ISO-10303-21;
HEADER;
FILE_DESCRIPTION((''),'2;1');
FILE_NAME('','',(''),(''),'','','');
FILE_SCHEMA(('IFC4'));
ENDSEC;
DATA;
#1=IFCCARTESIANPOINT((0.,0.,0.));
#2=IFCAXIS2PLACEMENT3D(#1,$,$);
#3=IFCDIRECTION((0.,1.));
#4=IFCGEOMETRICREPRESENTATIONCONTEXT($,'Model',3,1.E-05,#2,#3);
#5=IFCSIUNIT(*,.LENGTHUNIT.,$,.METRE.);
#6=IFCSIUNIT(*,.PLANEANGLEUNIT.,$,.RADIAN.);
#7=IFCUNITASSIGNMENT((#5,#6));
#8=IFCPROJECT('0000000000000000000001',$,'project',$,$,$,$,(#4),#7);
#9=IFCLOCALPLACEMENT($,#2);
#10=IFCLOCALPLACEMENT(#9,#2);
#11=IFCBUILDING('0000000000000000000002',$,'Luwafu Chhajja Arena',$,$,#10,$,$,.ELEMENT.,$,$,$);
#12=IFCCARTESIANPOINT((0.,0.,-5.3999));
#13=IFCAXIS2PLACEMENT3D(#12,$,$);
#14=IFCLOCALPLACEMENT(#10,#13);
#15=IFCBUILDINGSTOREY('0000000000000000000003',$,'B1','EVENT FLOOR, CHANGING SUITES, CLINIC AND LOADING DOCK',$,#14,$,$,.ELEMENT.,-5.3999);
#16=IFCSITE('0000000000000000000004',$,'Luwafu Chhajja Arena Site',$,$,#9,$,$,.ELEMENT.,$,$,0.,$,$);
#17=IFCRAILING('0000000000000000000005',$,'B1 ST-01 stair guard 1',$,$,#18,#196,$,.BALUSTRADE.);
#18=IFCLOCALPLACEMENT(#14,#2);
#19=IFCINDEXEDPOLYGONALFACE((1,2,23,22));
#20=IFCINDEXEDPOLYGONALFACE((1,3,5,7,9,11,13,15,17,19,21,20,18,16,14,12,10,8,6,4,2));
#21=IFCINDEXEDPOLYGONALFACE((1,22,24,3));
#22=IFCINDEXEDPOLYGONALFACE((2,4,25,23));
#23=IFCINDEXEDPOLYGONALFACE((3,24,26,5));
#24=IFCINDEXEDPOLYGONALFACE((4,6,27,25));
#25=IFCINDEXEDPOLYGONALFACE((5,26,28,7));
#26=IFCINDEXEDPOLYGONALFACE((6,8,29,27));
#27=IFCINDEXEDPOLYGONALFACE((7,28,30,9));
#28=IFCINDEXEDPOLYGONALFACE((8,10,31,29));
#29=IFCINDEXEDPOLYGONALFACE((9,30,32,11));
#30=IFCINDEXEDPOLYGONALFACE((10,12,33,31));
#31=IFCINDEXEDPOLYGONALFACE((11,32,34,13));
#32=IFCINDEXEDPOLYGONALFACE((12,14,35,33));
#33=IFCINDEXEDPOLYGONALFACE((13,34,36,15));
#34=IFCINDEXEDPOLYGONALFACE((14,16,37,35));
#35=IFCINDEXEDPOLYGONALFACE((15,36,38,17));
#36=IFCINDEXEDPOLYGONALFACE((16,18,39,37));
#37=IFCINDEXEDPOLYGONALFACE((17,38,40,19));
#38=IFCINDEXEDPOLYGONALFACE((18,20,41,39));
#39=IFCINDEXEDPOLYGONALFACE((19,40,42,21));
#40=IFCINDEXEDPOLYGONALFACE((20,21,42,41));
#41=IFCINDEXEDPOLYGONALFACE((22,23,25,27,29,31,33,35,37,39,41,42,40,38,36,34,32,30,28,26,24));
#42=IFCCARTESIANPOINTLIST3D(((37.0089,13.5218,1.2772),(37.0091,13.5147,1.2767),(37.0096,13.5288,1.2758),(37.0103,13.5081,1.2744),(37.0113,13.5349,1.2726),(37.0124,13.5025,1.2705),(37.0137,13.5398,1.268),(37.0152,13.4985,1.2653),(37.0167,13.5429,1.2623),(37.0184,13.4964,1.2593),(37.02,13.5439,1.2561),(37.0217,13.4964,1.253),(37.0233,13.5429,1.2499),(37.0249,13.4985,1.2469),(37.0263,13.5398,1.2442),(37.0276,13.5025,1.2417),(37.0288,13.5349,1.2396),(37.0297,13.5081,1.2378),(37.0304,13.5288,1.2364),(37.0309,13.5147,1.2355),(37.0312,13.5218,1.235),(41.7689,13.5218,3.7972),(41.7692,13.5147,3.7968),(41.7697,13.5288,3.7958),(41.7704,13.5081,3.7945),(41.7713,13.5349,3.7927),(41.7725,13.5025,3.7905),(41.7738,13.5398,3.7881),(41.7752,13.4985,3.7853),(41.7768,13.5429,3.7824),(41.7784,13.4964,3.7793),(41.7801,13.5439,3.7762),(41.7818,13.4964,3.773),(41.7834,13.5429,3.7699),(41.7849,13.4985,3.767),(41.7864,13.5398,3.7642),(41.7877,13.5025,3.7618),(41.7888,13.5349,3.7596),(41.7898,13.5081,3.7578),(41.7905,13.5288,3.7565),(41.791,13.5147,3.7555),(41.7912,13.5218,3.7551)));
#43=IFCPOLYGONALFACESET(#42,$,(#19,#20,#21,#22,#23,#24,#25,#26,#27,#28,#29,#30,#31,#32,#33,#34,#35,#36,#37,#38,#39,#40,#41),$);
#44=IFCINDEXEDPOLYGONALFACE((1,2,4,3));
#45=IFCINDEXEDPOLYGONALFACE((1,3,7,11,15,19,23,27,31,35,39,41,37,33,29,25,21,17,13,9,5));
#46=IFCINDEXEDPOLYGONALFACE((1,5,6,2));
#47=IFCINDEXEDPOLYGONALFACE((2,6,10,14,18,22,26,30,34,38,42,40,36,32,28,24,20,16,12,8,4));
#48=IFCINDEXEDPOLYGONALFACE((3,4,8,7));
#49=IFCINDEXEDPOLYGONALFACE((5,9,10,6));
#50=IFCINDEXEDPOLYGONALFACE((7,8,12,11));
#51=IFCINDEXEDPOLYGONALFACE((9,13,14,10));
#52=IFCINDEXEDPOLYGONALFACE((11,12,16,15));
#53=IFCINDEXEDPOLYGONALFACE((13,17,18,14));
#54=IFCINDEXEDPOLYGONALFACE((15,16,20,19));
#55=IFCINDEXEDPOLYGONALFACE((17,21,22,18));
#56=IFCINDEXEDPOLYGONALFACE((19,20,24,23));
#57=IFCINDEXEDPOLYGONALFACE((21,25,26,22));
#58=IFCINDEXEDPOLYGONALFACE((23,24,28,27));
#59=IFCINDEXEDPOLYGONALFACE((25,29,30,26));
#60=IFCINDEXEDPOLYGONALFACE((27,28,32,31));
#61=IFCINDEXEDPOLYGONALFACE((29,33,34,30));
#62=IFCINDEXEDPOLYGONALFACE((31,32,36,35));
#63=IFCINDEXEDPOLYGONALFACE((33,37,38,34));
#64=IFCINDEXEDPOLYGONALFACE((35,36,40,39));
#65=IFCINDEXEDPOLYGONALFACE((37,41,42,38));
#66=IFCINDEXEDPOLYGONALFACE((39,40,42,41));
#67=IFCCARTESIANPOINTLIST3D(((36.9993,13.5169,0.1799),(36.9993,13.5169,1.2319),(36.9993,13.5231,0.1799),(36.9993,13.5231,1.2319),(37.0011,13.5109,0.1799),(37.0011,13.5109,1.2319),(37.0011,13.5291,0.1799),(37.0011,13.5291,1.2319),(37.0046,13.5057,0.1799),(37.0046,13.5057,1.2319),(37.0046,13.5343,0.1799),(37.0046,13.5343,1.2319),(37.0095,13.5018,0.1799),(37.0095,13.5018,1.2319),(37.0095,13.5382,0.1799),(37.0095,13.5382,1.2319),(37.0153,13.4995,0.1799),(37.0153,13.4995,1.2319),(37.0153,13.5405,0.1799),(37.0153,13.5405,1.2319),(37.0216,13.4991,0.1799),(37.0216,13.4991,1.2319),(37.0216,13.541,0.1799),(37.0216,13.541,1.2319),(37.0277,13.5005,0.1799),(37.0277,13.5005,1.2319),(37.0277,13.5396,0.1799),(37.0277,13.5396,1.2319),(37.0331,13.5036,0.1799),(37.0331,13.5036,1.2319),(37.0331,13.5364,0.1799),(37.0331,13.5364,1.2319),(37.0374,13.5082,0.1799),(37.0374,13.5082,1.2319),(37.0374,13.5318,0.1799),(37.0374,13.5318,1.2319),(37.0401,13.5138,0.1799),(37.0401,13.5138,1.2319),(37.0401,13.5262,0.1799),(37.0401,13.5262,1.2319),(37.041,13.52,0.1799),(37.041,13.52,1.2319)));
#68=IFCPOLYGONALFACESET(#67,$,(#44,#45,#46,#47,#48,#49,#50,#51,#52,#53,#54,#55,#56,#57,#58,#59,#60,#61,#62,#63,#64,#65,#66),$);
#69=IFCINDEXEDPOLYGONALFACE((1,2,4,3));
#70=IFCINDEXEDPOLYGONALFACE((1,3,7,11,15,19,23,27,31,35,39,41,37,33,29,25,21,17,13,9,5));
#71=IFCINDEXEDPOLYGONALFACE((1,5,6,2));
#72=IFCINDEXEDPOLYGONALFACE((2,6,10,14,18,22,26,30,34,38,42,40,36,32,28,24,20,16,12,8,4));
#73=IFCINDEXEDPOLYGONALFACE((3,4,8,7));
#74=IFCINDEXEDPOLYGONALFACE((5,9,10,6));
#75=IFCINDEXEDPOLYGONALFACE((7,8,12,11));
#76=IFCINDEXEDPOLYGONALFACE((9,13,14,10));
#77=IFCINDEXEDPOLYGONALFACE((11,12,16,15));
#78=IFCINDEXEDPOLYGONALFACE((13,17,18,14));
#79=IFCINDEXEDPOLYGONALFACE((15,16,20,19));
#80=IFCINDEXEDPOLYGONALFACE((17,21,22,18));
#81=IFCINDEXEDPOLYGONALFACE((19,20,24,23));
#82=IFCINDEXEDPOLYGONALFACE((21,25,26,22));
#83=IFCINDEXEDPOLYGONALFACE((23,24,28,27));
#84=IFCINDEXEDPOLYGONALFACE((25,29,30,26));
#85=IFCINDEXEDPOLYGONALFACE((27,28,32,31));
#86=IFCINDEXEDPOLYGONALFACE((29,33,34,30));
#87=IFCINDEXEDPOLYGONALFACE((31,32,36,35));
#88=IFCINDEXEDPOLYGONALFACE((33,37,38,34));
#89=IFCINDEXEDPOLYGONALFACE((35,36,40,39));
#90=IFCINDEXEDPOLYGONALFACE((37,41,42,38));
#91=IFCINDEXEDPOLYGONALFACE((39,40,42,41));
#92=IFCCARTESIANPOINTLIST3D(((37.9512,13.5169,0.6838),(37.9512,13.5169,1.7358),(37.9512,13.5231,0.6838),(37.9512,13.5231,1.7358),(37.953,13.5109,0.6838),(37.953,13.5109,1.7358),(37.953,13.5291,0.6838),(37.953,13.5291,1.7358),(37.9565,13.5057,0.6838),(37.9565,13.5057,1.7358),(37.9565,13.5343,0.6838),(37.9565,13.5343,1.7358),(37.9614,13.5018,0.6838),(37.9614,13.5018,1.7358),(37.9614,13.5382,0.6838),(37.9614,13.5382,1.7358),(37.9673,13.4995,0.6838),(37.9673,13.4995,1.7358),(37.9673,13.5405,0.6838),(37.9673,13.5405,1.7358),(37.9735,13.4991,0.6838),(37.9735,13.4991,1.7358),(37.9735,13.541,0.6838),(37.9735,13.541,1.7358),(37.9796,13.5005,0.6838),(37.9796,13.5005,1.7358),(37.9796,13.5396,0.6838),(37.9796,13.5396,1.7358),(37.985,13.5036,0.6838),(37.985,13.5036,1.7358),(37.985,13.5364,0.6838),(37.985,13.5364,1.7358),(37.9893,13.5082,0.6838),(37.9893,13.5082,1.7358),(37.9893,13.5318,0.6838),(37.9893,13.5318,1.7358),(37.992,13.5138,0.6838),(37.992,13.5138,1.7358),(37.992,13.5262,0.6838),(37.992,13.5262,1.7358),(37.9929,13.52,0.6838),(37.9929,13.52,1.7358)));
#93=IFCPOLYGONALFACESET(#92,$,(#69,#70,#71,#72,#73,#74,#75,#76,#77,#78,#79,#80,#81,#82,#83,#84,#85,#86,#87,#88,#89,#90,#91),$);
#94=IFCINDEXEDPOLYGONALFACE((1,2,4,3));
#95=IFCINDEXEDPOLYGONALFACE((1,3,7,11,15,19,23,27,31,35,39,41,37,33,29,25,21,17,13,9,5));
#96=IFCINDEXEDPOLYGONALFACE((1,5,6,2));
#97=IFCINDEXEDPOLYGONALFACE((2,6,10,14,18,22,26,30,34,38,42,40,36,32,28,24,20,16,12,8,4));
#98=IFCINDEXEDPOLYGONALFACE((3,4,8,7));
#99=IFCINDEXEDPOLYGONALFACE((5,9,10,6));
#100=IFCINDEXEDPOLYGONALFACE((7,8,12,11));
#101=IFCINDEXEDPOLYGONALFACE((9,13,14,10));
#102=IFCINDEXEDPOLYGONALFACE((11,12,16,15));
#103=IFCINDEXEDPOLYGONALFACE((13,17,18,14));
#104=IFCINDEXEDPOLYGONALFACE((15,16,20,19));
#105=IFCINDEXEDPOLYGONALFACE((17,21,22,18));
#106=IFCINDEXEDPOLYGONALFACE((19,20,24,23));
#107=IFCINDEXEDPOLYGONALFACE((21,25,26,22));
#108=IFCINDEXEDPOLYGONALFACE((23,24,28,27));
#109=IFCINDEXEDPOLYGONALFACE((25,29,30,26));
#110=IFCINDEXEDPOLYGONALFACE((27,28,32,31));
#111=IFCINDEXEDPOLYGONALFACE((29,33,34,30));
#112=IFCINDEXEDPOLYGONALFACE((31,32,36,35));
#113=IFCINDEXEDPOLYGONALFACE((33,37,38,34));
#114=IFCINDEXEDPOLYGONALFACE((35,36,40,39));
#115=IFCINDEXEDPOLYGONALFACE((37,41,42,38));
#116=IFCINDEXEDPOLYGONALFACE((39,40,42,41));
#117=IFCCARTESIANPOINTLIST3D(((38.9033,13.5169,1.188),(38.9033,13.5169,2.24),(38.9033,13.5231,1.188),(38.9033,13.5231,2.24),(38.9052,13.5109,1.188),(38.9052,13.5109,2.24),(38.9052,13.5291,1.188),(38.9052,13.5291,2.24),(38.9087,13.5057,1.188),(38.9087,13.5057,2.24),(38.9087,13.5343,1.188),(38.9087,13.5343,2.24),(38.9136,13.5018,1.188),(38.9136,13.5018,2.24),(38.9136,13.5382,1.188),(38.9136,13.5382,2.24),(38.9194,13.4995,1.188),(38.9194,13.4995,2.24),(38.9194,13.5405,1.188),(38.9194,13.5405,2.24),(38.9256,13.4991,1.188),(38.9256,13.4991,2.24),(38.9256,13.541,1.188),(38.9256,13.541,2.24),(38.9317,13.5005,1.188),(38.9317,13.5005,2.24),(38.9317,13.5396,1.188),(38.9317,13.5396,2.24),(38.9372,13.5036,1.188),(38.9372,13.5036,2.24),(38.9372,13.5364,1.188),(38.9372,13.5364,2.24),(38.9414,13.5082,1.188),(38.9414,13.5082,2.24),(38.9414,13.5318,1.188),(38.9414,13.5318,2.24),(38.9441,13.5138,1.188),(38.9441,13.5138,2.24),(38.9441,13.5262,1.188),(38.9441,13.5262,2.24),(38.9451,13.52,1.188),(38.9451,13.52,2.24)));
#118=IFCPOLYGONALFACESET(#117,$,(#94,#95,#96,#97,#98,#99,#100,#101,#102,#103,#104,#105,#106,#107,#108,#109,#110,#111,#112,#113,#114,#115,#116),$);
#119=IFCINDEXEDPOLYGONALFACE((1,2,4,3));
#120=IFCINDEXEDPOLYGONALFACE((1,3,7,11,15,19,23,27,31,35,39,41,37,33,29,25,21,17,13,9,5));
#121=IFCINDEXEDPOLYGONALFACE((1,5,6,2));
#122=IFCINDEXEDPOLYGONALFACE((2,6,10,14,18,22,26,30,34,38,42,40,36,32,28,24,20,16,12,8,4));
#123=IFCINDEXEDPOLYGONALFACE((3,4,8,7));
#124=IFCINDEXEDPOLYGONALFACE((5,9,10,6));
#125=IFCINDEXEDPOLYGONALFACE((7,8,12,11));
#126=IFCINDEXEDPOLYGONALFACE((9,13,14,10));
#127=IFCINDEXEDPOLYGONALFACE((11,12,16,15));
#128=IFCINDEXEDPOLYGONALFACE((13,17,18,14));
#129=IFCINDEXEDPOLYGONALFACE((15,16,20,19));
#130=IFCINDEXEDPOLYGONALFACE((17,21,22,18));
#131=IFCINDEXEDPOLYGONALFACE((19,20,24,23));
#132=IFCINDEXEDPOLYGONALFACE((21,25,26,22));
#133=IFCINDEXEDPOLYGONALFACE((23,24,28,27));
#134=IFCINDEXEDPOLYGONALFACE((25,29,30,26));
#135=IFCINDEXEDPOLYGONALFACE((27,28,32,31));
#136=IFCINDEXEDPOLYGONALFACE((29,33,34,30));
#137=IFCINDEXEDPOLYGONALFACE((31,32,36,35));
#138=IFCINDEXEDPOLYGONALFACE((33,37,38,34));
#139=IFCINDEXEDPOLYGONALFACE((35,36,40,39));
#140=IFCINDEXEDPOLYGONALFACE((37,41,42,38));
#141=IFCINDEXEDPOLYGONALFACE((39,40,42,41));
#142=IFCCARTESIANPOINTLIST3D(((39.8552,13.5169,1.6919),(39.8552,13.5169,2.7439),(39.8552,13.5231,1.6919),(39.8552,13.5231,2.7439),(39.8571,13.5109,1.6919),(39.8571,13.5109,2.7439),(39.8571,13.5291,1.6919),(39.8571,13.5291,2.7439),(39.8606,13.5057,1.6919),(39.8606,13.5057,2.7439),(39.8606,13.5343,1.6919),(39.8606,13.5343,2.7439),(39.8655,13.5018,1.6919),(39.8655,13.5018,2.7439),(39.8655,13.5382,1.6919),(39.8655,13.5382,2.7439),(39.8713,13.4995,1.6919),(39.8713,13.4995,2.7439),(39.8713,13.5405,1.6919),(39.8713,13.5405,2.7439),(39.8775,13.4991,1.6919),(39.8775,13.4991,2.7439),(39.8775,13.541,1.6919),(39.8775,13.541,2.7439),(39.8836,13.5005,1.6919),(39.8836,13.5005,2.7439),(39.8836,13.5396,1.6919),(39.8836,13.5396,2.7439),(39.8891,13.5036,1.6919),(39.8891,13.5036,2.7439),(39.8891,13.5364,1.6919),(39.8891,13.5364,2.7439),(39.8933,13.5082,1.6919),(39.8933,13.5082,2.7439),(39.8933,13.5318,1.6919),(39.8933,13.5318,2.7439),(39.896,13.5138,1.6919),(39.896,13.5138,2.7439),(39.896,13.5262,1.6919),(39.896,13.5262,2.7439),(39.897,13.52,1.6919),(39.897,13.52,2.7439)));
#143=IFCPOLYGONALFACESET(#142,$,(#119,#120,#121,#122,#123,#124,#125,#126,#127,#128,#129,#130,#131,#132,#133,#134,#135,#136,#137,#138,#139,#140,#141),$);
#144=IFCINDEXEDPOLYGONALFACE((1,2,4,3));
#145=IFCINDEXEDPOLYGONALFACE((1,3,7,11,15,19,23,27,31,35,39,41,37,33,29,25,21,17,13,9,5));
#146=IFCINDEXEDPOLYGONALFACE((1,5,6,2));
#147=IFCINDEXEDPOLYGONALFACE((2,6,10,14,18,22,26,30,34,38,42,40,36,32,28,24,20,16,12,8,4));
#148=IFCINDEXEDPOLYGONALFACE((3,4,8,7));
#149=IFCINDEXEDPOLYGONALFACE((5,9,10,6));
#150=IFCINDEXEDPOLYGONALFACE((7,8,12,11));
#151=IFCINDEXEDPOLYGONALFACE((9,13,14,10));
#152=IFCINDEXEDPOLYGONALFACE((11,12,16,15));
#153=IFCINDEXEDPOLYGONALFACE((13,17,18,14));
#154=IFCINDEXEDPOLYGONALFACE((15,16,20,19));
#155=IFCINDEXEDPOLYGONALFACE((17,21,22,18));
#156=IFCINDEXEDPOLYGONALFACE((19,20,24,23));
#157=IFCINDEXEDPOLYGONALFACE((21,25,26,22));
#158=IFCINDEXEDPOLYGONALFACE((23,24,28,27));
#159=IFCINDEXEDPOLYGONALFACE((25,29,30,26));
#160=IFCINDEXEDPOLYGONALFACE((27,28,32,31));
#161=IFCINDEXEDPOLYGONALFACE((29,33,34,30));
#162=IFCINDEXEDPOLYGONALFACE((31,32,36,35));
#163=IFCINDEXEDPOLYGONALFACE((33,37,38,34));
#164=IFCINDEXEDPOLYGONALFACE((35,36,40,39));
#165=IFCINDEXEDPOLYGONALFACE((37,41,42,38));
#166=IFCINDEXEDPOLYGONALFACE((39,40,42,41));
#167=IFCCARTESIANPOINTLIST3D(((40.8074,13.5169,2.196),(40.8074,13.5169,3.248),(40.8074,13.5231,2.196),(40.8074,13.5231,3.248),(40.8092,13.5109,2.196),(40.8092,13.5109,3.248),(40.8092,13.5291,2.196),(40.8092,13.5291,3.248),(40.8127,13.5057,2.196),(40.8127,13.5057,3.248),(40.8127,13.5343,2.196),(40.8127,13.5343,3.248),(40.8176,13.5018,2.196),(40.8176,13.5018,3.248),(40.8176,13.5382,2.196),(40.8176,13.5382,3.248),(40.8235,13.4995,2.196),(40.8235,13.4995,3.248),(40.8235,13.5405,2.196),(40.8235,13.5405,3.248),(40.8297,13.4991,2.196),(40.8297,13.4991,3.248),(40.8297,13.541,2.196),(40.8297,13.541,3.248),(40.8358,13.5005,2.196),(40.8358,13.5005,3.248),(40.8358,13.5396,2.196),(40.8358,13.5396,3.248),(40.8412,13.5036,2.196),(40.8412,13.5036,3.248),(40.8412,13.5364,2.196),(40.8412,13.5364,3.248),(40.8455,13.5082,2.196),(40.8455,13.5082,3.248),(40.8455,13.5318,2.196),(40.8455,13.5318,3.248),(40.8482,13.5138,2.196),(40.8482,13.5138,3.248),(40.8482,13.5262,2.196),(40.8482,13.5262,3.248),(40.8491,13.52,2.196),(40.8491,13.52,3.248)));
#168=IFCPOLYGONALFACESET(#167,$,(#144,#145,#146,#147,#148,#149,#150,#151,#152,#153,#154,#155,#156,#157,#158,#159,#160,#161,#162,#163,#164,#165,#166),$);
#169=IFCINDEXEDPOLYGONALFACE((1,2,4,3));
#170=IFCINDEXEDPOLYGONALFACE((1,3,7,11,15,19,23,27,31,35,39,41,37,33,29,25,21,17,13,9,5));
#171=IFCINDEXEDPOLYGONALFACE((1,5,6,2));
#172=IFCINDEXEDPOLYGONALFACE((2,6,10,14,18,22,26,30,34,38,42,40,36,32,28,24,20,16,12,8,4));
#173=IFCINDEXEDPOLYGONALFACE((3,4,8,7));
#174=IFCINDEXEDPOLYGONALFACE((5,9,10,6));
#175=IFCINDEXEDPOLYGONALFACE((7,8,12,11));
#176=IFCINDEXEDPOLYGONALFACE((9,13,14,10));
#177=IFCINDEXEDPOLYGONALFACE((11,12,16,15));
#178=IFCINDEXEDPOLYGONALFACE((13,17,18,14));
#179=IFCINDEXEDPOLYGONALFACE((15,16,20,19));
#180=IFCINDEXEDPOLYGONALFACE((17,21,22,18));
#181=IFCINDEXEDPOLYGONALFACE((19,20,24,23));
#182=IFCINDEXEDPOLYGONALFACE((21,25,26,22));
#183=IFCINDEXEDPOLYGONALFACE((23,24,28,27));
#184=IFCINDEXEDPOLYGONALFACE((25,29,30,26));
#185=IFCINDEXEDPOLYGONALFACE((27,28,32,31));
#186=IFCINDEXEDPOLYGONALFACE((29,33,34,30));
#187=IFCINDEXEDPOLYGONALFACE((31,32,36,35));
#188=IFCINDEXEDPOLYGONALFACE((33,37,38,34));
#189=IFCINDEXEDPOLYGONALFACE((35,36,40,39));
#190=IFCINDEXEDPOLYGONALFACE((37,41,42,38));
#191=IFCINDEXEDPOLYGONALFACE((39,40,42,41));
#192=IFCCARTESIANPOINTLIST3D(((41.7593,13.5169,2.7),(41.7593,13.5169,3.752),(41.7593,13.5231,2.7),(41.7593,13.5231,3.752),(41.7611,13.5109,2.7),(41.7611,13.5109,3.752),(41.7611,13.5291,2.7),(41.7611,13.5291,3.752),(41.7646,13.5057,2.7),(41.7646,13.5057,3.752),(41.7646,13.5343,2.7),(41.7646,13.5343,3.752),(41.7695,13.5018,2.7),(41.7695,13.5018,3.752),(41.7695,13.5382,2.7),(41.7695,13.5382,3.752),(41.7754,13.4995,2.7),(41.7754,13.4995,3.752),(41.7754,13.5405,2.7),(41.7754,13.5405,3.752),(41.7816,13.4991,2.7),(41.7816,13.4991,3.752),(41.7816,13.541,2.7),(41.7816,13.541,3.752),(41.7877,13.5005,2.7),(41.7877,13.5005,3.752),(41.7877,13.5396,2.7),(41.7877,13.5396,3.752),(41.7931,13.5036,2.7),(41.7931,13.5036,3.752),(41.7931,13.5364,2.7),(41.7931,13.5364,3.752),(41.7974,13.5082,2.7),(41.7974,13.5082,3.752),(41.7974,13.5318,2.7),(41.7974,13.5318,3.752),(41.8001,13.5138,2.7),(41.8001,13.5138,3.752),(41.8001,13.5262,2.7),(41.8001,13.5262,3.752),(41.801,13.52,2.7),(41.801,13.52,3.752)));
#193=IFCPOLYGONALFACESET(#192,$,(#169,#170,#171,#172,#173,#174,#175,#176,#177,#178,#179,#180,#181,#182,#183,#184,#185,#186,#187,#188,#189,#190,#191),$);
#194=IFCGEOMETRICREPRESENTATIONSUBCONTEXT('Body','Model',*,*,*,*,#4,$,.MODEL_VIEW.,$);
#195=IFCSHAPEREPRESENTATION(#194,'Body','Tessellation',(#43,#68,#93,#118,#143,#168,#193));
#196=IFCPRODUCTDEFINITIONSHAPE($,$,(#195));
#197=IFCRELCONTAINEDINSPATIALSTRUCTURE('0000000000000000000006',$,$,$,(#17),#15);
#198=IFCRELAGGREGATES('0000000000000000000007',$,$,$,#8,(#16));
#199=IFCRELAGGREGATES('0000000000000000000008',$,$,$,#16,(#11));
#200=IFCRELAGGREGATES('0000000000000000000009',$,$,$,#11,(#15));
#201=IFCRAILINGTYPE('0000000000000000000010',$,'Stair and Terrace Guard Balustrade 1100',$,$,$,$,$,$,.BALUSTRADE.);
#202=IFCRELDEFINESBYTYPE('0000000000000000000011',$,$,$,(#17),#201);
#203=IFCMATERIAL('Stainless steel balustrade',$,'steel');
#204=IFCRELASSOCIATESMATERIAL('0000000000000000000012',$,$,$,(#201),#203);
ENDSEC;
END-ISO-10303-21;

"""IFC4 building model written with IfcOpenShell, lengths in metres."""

from ifc_helpers import new_model, si_unit, direction, frame, origin, origin_2d, place, context, subcontext, project, spatial, circle, extrude, material, type_object, element, save


model = new_model("IFC4")

# Units and contexts
model_context = context("Model", 3, precision=1e-05, world=origin(), true_north=direction((0.0, 1.0)))
body_context = subcontext(model_context, "Body", "Model", "MODEL_VIEW")
ifc_project = project(units=[si_unit("LENGTHUNIT", "METRE"), si_unit("PLANEANGLEUNIT", "RADIAN")], contexts=[model_context])

# Site, building, storey
site_placement = place(None, origin())
site = spatial("IfcSite", under=ifc_project, at=site_placement, Name="Luwafu Chhajja Arena Site", CompositionType="ELEMENT", RefElevation=0.0)
building_placement = place(site_placement, origin())
building = spatial("IfcBuilding", under=site, at=building_placement, Name="Luwafu Chhajja Arena", CompositionType="ELEMENT")
storey_placement = place(building_placement, frame((0.0, 0.0, -5.3999)))
storey = spatial("IfcBuildingStorey", under=building, at=storey_placement, Name="B1", Description="EVENT FLOOR, CHANGING SUITES, CLINIC AND LOADING DOCK", CompositionType="ELEMENT", Elevation=-5.3999)

# Railing
ifc_material_1 = material(Name="Stainless steel balustrade", Category="steel")
railing_type_1 = type_object("IfcRailingType", Name="Stair and Terrace Guard Balustrade 1100", PredefinedType="BALUSTRADE", material=ifc_material_1)
railing_1_placement = place(storey_placement, frame((37.02, 13.52, 0.1799)))
element("IfcRailing", 1, at=railing_1_placement, inside=storey, type_object=railing_type_1, Name="B1 ST-01 stair guard 1", PredefinedType="BALUSTRADE", context=body_context, shape_type="SweptSolid", body=[
    extrude(circle(Radius=0.0239, at=origin_2d()), frame((0.0, 0.0, 1.0762), z_axis=(0.883787, 0.0, 0.46789), x_axis=(0.0, 1.0, 0.0)), (0.0, 0.0, 1.0), 5.386),
    extrude(circle(Radius=0.021, at=origin_2d()), origin(), (0.0, 0.0, 1.0), 1.052),
    extrude(circle(Radius=0.021, at=origin_2d()), frame((0.9519, 0.0, 0.5039)), (0.0, 0.0, 1.0), 1.052),
    extrude(circle(Radius=0.021, at=origin_2d()), frame((1.9041, 0.0, 1.0081)), (0.0, 0.0, 1.0), 1.052),
    extrude(circle(Radius=0.021, at=origin_2d()), frame((2.856, 0.0, 1.512)), (0.0, 0.0, 1.0), 1.052),
    extrude(circle(Radius=0.021, at=origin_2d()), frame((3.8081, 0.0, 2.0161)), (0.0, 0.0, 1.0), 1.052),
    extrude(circle(Radius=0.021, at=origin_2d()), frame((4.76, 0.0, 2.52)), (0.0, 0.0, 1.0), 1.052),
])

save(model, "model.ifc")
